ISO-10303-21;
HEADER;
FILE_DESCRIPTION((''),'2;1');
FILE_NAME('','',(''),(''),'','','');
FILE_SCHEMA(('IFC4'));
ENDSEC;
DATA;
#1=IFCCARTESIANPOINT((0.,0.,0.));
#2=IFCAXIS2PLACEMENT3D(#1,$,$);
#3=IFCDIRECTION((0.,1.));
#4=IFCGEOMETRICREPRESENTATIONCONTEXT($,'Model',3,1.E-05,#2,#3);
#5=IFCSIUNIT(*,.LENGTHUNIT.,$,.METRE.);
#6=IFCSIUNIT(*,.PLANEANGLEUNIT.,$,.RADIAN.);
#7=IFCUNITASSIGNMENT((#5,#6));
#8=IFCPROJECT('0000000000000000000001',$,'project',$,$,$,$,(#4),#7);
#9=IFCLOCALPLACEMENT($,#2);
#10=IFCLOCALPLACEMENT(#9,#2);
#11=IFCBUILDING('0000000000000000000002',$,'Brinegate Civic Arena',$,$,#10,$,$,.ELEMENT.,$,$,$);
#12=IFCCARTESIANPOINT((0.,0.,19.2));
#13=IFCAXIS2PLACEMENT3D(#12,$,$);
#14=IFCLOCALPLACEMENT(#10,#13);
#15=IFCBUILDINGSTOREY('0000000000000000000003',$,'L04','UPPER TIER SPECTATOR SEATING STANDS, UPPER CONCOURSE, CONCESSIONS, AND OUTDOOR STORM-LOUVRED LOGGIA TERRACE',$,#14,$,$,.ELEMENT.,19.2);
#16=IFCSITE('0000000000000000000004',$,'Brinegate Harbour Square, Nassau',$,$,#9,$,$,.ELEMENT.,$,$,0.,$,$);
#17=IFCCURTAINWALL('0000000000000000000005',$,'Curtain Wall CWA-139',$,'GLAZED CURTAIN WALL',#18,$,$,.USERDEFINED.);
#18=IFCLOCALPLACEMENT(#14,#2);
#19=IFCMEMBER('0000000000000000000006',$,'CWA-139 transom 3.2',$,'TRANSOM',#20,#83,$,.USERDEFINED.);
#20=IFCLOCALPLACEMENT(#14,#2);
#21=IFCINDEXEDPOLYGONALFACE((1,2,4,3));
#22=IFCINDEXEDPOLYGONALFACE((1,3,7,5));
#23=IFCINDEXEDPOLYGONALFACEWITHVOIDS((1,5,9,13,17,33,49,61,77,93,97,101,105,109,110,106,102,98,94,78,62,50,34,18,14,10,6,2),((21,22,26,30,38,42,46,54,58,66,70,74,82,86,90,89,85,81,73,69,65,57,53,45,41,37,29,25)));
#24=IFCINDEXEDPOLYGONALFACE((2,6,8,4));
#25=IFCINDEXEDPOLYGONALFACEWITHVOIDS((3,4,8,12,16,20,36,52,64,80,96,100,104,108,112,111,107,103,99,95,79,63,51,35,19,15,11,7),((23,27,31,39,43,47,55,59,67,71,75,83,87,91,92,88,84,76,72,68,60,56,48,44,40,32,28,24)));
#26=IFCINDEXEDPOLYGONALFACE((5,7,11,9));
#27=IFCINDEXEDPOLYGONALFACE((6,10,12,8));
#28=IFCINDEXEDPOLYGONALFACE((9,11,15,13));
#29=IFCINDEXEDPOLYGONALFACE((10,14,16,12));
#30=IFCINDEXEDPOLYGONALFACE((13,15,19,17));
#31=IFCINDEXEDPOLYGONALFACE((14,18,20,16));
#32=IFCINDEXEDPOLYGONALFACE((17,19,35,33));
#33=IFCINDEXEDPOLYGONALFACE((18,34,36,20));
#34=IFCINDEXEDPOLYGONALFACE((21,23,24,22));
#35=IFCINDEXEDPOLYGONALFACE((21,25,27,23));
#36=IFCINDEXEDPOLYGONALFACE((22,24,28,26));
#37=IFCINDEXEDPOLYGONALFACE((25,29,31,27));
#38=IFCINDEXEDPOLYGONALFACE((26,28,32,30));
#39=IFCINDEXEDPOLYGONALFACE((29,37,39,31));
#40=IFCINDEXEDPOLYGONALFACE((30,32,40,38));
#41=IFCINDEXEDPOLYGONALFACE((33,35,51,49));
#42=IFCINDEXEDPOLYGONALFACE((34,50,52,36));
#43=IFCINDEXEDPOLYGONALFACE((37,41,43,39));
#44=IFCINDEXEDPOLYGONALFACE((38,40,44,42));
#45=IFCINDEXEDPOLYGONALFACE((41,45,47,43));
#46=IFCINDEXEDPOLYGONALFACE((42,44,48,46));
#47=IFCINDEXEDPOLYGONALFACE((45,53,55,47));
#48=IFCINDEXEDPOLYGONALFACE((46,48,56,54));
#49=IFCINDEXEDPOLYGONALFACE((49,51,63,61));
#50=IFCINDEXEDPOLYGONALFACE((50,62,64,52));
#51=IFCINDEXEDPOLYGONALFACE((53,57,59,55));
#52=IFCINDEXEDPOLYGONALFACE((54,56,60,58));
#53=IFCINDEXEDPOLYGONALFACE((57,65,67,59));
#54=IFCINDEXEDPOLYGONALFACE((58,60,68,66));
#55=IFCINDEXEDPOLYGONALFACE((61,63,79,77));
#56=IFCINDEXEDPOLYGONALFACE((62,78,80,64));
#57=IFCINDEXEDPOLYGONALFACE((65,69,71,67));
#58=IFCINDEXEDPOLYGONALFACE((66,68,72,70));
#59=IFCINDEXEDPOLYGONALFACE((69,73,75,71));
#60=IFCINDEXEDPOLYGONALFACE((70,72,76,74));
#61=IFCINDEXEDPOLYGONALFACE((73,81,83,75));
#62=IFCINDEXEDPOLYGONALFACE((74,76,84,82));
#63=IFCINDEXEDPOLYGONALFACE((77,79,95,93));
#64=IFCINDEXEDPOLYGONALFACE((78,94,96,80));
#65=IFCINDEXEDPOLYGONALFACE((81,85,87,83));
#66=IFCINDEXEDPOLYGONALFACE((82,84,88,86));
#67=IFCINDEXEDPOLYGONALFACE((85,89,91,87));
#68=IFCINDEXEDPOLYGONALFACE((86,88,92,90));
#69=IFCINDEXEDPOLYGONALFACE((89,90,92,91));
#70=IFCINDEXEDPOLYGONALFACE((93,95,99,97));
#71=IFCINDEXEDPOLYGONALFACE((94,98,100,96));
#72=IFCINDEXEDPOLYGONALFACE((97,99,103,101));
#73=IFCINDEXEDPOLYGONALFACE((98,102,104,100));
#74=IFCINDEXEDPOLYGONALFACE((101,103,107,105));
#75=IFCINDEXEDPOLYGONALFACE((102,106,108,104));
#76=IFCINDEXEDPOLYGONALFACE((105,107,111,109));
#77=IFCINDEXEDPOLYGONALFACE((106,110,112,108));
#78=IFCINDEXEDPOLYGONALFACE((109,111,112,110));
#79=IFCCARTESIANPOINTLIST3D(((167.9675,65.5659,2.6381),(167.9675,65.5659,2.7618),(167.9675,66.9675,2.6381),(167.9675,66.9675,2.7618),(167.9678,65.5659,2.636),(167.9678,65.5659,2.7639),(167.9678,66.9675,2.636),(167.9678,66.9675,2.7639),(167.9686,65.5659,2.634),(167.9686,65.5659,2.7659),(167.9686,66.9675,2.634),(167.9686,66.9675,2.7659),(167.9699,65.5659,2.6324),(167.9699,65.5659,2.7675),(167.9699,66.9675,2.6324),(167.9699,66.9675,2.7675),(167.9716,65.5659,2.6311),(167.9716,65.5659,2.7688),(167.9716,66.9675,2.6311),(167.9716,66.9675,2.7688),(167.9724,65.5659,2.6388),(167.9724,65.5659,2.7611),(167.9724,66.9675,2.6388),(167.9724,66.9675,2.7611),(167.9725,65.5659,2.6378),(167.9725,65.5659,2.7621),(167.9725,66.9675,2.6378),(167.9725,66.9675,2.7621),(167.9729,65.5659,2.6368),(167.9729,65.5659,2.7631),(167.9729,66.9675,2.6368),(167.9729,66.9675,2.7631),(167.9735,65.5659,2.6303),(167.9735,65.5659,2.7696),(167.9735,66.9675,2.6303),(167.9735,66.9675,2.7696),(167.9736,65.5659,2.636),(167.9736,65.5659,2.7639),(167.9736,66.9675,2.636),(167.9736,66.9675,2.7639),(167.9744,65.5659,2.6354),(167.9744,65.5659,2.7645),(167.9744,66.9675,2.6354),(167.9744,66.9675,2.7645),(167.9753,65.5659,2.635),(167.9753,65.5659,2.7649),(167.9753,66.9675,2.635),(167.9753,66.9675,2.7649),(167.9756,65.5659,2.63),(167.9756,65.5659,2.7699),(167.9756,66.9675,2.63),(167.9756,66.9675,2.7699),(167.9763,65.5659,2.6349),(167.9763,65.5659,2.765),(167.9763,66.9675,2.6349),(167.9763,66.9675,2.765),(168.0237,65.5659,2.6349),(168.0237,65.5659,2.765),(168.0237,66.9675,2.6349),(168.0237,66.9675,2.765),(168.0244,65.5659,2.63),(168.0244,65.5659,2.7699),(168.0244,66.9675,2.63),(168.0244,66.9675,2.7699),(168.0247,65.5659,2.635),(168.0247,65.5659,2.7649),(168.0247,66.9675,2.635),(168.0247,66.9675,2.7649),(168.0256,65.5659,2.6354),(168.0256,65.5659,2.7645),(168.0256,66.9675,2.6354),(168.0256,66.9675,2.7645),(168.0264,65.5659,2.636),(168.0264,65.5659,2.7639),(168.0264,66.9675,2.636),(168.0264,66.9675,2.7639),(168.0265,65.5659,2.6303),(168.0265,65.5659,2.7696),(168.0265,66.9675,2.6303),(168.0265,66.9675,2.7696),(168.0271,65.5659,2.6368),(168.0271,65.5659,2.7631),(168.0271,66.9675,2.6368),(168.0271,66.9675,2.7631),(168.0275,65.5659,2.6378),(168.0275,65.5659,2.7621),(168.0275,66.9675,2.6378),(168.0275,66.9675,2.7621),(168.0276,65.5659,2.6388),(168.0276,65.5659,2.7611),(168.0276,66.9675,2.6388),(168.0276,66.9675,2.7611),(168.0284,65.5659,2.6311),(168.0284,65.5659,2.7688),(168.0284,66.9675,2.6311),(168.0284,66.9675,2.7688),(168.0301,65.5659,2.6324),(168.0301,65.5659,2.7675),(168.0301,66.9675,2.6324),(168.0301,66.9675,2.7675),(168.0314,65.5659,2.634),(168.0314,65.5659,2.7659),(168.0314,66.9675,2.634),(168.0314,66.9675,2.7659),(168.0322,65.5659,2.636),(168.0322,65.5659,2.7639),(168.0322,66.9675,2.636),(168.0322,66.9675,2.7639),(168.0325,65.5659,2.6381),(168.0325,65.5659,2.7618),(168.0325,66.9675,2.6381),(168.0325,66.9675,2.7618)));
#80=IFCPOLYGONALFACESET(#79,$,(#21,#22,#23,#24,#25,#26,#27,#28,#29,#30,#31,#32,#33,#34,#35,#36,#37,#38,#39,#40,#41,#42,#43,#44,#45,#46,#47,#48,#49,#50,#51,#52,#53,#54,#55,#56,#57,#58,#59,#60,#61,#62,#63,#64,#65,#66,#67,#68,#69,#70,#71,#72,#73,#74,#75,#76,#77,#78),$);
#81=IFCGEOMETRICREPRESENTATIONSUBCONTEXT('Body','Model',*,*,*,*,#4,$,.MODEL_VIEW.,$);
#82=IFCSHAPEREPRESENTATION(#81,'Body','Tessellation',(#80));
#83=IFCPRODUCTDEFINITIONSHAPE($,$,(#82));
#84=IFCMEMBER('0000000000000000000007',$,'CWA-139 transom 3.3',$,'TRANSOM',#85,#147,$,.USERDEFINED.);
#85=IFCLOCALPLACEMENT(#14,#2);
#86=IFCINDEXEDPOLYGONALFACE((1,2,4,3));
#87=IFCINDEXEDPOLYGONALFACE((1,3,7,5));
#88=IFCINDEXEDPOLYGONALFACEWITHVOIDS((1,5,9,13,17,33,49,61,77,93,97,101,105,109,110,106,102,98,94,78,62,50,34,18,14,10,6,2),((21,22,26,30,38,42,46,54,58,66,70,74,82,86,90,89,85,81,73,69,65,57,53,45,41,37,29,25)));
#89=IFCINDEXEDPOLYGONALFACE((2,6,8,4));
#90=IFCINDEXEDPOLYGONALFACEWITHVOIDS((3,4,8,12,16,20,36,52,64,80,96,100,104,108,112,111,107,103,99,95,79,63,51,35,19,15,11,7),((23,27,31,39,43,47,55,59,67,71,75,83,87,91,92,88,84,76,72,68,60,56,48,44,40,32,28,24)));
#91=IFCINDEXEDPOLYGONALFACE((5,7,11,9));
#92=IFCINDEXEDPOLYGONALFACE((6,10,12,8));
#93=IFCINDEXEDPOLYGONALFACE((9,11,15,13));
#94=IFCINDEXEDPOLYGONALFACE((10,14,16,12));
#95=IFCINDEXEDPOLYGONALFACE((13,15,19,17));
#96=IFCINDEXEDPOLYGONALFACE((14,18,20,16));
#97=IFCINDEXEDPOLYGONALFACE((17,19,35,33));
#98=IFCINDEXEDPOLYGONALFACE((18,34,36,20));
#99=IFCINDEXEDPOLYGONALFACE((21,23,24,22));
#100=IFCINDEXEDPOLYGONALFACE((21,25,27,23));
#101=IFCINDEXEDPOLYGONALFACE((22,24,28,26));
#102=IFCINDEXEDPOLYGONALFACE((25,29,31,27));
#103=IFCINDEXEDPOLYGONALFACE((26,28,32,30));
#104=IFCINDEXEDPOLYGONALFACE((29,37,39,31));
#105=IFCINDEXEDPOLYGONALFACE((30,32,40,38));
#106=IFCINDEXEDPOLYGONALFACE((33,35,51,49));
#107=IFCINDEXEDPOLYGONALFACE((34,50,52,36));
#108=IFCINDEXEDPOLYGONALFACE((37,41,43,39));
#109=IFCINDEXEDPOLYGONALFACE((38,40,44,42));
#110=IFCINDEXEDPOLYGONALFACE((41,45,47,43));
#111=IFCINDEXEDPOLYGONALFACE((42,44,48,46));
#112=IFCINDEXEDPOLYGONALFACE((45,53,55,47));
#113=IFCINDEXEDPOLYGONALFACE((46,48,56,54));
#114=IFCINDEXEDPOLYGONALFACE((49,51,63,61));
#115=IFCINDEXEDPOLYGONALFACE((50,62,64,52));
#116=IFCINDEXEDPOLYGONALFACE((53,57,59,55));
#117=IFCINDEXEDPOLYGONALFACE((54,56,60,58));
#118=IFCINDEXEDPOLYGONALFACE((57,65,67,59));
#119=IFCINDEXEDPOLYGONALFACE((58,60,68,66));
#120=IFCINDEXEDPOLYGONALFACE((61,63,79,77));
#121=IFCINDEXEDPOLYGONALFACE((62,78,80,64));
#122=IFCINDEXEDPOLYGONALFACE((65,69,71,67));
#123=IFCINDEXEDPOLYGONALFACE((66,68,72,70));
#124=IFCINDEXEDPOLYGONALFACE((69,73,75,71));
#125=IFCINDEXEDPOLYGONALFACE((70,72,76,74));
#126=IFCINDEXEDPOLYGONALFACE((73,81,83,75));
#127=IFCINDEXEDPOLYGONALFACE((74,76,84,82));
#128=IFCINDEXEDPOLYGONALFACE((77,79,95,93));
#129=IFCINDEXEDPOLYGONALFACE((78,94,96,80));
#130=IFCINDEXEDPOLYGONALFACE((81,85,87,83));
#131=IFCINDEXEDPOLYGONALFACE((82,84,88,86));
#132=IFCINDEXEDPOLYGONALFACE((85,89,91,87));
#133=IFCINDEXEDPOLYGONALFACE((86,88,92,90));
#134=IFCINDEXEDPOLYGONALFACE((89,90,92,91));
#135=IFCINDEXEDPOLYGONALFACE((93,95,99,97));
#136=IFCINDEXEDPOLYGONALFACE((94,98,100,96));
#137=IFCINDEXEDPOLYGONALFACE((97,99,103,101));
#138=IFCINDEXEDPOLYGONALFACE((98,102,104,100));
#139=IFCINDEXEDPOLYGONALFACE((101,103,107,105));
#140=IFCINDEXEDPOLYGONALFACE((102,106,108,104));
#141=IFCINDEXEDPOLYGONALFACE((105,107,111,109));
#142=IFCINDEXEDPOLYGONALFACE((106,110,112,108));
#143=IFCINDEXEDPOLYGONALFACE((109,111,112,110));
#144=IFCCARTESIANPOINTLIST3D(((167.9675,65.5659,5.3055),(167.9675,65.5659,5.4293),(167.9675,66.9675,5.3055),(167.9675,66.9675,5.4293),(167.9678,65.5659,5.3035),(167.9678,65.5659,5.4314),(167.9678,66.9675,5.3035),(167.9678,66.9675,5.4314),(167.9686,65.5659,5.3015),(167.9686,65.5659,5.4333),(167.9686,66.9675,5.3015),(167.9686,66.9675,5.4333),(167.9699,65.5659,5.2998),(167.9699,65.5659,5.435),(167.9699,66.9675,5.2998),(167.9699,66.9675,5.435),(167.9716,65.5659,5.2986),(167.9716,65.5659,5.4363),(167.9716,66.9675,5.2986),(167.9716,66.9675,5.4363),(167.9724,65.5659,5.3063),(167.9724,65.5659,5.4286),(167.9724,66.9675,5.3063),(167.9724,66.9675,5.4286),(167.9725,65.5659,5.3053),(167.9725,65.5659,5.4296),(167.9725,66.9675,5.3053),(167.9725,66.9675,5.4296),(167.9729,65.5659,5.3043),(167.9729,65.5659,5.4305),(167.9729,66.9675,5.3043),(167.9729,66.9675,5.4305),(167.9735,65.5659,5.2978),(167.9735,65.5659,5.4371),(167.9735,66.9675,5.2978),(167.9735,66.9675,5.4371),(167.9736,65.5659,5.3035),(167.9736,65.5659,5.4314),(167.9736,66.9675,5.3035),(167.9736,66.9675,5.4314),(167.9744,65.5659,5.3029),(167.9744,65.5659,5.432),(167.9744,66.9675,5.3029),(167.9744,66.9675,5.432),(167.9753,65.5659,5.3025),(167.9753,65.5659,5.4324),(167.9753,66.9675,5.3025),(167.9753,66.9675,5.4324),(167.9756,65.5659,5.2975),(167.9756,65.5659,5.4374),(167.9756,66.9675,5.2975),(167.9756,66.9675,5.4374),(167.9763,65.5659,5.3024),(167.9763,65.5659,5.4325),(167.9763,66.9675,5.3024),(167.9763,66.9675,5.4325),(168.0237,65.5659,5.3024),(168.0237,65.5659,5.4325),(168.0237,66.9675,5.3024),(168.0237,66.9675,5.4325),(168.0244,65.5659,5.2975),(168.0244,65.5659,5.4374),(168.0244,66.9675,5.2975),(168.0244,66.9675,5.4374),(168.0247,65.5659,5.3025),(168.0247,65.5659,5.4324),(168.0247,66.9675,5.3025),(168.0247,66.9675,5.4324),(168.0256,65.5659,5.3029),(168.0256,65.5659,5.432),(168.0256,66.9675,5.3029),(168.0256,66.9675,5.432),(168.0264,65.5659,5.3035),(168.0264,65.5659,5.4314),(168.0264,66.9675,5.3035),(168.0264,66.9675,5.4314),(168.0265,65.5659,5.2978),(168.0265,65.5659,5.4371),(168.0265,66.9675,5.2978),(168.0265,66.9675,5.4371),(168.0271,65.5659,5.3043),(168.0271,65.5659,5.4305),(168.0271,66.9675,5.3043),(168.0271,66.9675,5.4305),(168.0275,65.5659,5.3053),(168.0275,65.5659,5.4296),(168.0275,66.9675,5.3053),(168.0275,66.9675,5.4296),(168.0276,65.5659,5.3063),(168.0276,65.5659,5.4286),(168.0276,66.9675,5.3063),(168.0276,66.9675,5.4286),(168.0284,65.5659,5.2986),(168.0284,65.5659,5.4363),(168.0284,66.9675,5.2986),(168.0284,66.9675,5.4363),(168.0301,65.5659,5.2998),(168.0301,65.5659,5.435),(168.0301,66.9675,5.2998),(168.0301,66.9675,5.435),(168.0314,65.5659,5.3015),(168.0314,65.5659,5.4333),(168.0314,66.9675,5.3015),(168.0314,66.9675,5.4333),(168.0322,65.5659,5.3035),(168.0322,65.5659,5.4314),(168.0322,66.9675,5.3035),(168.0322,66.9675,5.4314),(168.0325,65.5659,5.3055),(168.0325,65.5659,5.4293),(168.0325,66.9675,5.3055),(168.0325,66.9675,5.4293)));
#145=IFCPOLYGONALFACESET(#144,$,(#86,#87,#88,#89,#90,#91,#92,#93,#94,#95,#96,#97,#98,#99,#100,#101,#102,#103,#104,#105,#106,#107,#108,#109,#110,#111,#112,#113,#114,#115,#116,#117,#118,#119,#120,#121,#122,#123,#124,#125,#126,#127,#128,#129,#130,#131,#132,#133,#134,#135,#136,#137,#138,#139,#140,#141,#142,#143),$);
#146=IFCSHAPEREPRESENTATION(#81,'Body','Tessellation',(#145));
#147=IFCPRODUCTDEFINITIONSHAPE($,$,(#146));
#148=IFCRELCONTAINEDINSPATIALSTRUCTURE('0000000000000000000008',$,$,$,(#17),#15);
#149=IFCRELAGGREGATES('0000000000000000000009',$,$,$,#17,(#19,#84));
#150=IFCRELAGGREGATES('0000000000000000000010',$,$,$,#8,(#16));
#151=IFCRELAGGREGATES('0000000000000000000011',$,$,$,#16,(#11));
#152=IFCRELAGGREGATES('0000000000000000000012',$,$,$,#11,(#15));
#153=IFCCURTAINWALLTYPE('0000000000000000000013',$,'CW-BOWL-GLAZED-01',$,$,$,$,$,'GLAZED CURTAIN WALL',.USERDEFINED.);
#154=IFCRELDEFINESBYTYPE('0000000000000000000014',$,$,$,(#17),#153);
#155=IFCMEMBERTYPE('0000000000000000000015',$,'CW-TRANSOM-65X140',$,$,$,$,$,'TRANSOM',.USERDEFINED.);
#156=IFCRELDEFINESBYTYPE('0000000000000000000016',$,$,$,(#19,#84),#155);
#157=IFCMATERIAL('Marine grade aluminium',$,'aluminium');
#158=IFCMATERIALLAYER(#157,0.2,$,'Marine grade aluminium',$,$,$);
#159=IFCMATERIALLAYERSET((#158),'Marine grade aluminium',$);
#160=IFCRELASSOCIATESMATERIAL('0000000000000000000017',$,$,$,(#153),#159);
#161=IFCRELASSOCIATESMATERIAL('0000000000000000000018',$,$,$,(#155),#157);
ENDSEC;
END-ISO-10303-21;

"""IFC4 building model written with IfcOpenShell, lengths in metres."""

from ifc_helpers import new_model, si_unit, direction, frame, origin, origin_2d, place, context, subcontext, project, spatial, hollow_rectangle, extrude, material, layer, layer_set, material_profile, profile_set, type_object, element, aggregate, save


model = new_model("IFC4")

# Units and contexts
model_context = context("Model", 3, precision=1e-05, world=origin(), true_north=direction((0.0, 1.0)))
body_context = subcontext(model_context, "Body", "Model", "MODEL_VIEW")
ifc_project = project(units=[si_unit("LENGTHUNIT", "METRE"), si_unit("PLANEANGLEUNIT", "RADIAN")], contexts=[model_context])

# Site, building, storey
site_placement = place(None, origin())
site = spatial("IfcSite", under=ifc_project, at=site_placement, Name="Brinegate Harbour Square, Nassau", CompositionType="ELEMENT", RefElevation=0.0)
building_placement = place(site_placement, origin())
building = spatial("IfcBuilding", under=site, at=building_placement, Name="Brinegate Civic Arena", CompositionType="ELEMENT")
storey_placement = place(building_placement, frame((0.0, 0.0, 19.2)))
storey = spatial("IfcBuildingStorey", under=building, at=storey_placement, Name="L04", Description="UPPER TIER SPECTATOR SEATING STANDS, UPPER CONCOURSE, CONCESSIONS, AND OUTDOOR STORM-LOUVRED LOGGIA TERRACE", CompositionType="ELEMENT", Elevation=19.2)

# Curtain wall, members
ifc_material_1 = material(Name="Marine grade aluminium", Category="aluminium")
ifc_layer_1 = layer(ifc_material_1, 0.2, Name="Marine grade aluminium")
ifc_layer_set_1 = layer_set([ifc_layer_1], Name="Marine grade aluminium")
curtain_wall_type = type_object("IfcCurtainWallType", Name="CW-BOWL-GLAZED-01", ElementType="GLAZED CURTAIN WALL", PredefinedType="USERDEFINED", material=ifc_layer_set_1)
curtain_wall_placement = place(storey_placement, origin())
curtain_wall = element("IfcCurtainWall", 1, at=curtain_wall_placement, inside=storey, type_object=curtain_wall_type, Name="Curtain Wall CWA-139", ObjectType="GLAZED CURTAIN WALL", PredefinedType="USERDEFINED")
ifc_material_profile_1 = material_profile(ifc_material_1, hollow_rectangle(XDim=0.0649, YDim=0.1399, WallThickness=0.0049, InnerFilletRadius=0.0039, OuterFilletRadius=0.0081, at=origin_2d()), Name="TRN65X140")
ifc_profile_set_1 = profile_set([ifc_material_profile_1], Name="Marine grade aluminium")
member_type_1 = type_object("IfcMemberType", Name="CW-TRANSOM-65X140", ElementType="TRANSOM", PredefinedType="USERDEFINED", material=ifc_profile_set_1)
member_1_placement = place(storey_placement, frame((168.0, 65.5659, 2.7), z_axis=(0.0, 1.0, 0.0), x_axis=(-1.0, 0.0, 0.0)))
member_1 = element("IfcMember", 2, at=member_1_placement, type_object=member_type_1, Name="CWA-139 transom 3.2", ObjectType="TRANSOM", PredefinedType="USERDEFINED", context=body_context, shape_type="SweptSolid", body=[
    extrude(hollow_rectangle(XDim=0.0649, YDim=0.1399, WallThickness=0.0049, InnerFilletRadius=0.0039, OuterFilletRadius=0.0081, at=origin_2d()), origin(), (0.0, 0.0, 1.0), 1.4016),
])
member_2_placement = place(storey_placement, frame((168.0, 65.5659, 5.3674), z_axis=(0.0, 1.0, 0.0), x_axis=(-1.0, 0.0, 0.0)))
member_2 = element("IfcMember", 3, at=member_2_placement, type_object=member_type_1, Name="CWA-139 transom 3.3", ObjectType="TRANSOM", PredefinedType="USERDEFINED", context=body_context, shape_type="SweptSolid", body=[
    extrude(hollow_rectangle(XDim=0.0649, YDim=0.1399, WallThickness=0.0049, InnerFilletRadius=0.0039, OuterFilletRadius=0.0081, at=origin_2d()), origin(), (0.0, 0.0, 1.0), 1.4016),
])
aggregate(curtain_wall, [member_1, member_2])

save(model, "model.ifc")
